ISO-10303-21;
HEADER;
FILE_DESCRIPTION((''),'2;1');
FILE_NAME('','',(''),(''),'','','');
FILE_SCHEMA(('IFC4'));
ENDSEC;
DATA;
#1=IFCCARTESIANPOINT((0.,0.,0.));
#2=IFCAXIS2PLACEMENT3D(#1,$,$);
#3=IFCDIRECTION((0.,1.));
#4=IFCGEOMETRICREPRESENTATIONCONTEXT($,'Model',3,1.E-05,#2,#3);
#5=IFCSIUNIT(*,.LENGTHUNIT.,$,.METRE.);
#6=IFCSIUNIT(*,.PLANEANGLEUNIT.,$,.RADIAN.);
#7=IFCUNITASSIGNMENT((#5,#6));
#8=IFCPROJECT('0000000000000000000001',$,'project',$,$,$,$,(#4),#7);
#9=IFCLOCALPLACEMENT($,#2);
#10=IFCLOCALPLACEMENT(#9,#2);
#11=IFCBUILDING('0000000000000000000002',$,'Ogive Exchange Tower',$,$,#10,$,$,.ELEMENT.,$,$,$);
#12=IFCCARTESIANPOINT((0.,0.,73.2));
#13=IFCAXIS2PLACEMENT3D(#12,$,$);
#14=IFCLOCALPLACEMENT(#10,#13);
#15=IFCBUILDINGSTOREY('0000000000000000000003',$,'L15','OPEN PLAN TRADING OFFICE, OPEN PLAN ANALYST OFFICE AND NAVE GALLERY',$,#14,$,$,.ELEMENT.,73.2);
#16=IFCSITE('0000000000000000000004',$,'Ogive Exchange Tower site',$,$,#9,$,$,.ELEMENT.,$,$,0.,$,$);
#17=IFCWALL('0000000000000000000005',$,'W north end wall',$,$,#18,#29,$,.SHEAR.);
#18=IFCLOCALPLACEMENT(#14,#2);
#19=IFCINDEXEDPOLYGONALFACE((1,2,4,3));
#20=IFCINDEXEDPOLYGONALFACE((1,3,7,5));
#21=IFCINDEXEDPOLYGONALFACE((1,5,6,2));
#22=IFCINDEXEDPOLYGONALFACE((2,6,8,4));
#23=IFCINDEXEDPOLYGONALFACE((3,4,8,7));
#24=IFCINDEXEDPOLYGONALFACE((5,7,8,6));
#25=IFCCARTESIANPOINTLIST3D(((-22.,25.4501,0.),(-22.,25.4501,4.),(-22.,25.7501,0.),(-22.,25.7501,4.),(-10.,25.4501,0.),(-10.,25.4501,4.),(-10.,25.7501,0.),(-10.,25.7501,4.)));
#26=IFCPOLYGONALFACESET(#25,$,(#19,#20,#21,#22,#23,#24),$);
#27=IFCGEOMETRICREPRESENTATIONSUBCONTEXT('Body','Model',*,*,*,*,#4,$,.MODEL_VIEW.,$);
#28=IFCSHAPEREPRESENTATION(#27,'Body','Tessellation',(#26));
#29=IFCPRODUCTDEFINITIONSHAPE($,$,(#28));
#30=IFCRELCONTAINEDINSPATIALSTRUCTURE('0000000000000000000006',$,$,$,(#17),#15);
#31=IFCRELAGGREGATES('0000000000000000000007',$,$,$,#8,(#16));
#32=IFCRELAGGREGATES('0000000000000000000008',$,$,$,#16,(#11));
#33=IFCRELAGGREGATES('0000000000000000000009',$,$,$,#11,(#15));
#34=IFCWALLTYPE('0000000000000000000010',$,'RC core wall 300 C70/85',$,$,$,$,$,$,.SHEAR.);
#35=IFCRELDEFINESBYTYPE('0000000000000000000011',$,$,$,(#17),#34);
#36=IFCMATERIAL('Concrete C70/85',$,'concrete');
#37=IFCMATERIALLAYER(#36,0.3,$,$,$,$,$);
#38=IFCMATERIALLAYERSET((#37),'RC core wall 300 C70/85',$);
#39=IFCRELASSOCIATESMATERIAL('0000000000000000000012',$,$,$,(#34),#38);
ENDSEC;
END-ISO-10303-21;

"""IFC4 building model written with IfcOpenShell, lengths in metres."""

from ifc_helpers import new_model, si_unit, direction, frame, frame_2d, origin, place, context, subcontext, project, spatial, rectangle, extrude, material, layer, layer_set, type_object, element, save


model = new_model("IFC4")

# Units and contexts
model_context = context("Model", 3, precision=1e-05, world=origin(), true_north=direction((0.0, 1.0)))
body_context = subcontext(model_context, "Body", "Model", "MODEL_VIEW")
ifc_project = project(units=[si_unit("LENGTHUNIT", "METRE"), si_unit("PLANEANGLEUNIT", "RADIAN")], contexts=[model_context])

# Site, building, storey
site_placement = place(None, origin())
site = spatial("IfcSite", under=ifc_project, at=site_placement, Name="Ogive Exchange Tower site", CompositionType="ELEMENT", RefElevation=0.0)
building_placement = place(site_placement, origin())
building = spatial("IfcBuilding", under=site, at=building_placement, Name="Ogive Exchange Tower", CompositionType="ELEMENT")
storey_placement = place(building_placement, frame((0.0, 0.0, 73.2)))
storey = spatial("IfcBuildingStorey", under=building, at=storey_placement, Name="L15", Description="OPEN PLAN TRADING OFFICE, OPEN PLAN ANALYST OFFICE AND NAVE GALLERY", CompositionType="ELEMENT", Elevation=73.2)

# Wall
ifc_material_1 = material(Name="Concrete C70/85", Category="concrete")
ifc_layer_1 = layer(ifc_material_1, 0.3)
ifc_layer_set_1 = layer_set([ifc_layer_1], Name="RC core wall 300 C70/85")
wall_type_1 = type_object("IfcWallType", Name="RC core wall 300 C70/85", PredefinedType="SHEAR", material=ifc_layer_set_1)
wall_1_placement = place(storey_placement, frame((-22.0, 25.6001, 0.0), z_axis=(0.0, 0.0, 1.0), x_axis=(1.0, 0.0, 0.0)))
element("IfcWall", 1, at=wall_1_placement, inside=storey, type_object=wall_type_1, Name="W north end wall", PredefinedType="SHEAR", context=body_context, shape_type="SweptSolid", body=[
    extrude(rectangle(XDim=12.0, YDim=0.3, at=frame_2d((6.0, 0.0))), origin(), (0.0, 0.0, 1.0), 4.0),
])

save(model, "model.ifc")
